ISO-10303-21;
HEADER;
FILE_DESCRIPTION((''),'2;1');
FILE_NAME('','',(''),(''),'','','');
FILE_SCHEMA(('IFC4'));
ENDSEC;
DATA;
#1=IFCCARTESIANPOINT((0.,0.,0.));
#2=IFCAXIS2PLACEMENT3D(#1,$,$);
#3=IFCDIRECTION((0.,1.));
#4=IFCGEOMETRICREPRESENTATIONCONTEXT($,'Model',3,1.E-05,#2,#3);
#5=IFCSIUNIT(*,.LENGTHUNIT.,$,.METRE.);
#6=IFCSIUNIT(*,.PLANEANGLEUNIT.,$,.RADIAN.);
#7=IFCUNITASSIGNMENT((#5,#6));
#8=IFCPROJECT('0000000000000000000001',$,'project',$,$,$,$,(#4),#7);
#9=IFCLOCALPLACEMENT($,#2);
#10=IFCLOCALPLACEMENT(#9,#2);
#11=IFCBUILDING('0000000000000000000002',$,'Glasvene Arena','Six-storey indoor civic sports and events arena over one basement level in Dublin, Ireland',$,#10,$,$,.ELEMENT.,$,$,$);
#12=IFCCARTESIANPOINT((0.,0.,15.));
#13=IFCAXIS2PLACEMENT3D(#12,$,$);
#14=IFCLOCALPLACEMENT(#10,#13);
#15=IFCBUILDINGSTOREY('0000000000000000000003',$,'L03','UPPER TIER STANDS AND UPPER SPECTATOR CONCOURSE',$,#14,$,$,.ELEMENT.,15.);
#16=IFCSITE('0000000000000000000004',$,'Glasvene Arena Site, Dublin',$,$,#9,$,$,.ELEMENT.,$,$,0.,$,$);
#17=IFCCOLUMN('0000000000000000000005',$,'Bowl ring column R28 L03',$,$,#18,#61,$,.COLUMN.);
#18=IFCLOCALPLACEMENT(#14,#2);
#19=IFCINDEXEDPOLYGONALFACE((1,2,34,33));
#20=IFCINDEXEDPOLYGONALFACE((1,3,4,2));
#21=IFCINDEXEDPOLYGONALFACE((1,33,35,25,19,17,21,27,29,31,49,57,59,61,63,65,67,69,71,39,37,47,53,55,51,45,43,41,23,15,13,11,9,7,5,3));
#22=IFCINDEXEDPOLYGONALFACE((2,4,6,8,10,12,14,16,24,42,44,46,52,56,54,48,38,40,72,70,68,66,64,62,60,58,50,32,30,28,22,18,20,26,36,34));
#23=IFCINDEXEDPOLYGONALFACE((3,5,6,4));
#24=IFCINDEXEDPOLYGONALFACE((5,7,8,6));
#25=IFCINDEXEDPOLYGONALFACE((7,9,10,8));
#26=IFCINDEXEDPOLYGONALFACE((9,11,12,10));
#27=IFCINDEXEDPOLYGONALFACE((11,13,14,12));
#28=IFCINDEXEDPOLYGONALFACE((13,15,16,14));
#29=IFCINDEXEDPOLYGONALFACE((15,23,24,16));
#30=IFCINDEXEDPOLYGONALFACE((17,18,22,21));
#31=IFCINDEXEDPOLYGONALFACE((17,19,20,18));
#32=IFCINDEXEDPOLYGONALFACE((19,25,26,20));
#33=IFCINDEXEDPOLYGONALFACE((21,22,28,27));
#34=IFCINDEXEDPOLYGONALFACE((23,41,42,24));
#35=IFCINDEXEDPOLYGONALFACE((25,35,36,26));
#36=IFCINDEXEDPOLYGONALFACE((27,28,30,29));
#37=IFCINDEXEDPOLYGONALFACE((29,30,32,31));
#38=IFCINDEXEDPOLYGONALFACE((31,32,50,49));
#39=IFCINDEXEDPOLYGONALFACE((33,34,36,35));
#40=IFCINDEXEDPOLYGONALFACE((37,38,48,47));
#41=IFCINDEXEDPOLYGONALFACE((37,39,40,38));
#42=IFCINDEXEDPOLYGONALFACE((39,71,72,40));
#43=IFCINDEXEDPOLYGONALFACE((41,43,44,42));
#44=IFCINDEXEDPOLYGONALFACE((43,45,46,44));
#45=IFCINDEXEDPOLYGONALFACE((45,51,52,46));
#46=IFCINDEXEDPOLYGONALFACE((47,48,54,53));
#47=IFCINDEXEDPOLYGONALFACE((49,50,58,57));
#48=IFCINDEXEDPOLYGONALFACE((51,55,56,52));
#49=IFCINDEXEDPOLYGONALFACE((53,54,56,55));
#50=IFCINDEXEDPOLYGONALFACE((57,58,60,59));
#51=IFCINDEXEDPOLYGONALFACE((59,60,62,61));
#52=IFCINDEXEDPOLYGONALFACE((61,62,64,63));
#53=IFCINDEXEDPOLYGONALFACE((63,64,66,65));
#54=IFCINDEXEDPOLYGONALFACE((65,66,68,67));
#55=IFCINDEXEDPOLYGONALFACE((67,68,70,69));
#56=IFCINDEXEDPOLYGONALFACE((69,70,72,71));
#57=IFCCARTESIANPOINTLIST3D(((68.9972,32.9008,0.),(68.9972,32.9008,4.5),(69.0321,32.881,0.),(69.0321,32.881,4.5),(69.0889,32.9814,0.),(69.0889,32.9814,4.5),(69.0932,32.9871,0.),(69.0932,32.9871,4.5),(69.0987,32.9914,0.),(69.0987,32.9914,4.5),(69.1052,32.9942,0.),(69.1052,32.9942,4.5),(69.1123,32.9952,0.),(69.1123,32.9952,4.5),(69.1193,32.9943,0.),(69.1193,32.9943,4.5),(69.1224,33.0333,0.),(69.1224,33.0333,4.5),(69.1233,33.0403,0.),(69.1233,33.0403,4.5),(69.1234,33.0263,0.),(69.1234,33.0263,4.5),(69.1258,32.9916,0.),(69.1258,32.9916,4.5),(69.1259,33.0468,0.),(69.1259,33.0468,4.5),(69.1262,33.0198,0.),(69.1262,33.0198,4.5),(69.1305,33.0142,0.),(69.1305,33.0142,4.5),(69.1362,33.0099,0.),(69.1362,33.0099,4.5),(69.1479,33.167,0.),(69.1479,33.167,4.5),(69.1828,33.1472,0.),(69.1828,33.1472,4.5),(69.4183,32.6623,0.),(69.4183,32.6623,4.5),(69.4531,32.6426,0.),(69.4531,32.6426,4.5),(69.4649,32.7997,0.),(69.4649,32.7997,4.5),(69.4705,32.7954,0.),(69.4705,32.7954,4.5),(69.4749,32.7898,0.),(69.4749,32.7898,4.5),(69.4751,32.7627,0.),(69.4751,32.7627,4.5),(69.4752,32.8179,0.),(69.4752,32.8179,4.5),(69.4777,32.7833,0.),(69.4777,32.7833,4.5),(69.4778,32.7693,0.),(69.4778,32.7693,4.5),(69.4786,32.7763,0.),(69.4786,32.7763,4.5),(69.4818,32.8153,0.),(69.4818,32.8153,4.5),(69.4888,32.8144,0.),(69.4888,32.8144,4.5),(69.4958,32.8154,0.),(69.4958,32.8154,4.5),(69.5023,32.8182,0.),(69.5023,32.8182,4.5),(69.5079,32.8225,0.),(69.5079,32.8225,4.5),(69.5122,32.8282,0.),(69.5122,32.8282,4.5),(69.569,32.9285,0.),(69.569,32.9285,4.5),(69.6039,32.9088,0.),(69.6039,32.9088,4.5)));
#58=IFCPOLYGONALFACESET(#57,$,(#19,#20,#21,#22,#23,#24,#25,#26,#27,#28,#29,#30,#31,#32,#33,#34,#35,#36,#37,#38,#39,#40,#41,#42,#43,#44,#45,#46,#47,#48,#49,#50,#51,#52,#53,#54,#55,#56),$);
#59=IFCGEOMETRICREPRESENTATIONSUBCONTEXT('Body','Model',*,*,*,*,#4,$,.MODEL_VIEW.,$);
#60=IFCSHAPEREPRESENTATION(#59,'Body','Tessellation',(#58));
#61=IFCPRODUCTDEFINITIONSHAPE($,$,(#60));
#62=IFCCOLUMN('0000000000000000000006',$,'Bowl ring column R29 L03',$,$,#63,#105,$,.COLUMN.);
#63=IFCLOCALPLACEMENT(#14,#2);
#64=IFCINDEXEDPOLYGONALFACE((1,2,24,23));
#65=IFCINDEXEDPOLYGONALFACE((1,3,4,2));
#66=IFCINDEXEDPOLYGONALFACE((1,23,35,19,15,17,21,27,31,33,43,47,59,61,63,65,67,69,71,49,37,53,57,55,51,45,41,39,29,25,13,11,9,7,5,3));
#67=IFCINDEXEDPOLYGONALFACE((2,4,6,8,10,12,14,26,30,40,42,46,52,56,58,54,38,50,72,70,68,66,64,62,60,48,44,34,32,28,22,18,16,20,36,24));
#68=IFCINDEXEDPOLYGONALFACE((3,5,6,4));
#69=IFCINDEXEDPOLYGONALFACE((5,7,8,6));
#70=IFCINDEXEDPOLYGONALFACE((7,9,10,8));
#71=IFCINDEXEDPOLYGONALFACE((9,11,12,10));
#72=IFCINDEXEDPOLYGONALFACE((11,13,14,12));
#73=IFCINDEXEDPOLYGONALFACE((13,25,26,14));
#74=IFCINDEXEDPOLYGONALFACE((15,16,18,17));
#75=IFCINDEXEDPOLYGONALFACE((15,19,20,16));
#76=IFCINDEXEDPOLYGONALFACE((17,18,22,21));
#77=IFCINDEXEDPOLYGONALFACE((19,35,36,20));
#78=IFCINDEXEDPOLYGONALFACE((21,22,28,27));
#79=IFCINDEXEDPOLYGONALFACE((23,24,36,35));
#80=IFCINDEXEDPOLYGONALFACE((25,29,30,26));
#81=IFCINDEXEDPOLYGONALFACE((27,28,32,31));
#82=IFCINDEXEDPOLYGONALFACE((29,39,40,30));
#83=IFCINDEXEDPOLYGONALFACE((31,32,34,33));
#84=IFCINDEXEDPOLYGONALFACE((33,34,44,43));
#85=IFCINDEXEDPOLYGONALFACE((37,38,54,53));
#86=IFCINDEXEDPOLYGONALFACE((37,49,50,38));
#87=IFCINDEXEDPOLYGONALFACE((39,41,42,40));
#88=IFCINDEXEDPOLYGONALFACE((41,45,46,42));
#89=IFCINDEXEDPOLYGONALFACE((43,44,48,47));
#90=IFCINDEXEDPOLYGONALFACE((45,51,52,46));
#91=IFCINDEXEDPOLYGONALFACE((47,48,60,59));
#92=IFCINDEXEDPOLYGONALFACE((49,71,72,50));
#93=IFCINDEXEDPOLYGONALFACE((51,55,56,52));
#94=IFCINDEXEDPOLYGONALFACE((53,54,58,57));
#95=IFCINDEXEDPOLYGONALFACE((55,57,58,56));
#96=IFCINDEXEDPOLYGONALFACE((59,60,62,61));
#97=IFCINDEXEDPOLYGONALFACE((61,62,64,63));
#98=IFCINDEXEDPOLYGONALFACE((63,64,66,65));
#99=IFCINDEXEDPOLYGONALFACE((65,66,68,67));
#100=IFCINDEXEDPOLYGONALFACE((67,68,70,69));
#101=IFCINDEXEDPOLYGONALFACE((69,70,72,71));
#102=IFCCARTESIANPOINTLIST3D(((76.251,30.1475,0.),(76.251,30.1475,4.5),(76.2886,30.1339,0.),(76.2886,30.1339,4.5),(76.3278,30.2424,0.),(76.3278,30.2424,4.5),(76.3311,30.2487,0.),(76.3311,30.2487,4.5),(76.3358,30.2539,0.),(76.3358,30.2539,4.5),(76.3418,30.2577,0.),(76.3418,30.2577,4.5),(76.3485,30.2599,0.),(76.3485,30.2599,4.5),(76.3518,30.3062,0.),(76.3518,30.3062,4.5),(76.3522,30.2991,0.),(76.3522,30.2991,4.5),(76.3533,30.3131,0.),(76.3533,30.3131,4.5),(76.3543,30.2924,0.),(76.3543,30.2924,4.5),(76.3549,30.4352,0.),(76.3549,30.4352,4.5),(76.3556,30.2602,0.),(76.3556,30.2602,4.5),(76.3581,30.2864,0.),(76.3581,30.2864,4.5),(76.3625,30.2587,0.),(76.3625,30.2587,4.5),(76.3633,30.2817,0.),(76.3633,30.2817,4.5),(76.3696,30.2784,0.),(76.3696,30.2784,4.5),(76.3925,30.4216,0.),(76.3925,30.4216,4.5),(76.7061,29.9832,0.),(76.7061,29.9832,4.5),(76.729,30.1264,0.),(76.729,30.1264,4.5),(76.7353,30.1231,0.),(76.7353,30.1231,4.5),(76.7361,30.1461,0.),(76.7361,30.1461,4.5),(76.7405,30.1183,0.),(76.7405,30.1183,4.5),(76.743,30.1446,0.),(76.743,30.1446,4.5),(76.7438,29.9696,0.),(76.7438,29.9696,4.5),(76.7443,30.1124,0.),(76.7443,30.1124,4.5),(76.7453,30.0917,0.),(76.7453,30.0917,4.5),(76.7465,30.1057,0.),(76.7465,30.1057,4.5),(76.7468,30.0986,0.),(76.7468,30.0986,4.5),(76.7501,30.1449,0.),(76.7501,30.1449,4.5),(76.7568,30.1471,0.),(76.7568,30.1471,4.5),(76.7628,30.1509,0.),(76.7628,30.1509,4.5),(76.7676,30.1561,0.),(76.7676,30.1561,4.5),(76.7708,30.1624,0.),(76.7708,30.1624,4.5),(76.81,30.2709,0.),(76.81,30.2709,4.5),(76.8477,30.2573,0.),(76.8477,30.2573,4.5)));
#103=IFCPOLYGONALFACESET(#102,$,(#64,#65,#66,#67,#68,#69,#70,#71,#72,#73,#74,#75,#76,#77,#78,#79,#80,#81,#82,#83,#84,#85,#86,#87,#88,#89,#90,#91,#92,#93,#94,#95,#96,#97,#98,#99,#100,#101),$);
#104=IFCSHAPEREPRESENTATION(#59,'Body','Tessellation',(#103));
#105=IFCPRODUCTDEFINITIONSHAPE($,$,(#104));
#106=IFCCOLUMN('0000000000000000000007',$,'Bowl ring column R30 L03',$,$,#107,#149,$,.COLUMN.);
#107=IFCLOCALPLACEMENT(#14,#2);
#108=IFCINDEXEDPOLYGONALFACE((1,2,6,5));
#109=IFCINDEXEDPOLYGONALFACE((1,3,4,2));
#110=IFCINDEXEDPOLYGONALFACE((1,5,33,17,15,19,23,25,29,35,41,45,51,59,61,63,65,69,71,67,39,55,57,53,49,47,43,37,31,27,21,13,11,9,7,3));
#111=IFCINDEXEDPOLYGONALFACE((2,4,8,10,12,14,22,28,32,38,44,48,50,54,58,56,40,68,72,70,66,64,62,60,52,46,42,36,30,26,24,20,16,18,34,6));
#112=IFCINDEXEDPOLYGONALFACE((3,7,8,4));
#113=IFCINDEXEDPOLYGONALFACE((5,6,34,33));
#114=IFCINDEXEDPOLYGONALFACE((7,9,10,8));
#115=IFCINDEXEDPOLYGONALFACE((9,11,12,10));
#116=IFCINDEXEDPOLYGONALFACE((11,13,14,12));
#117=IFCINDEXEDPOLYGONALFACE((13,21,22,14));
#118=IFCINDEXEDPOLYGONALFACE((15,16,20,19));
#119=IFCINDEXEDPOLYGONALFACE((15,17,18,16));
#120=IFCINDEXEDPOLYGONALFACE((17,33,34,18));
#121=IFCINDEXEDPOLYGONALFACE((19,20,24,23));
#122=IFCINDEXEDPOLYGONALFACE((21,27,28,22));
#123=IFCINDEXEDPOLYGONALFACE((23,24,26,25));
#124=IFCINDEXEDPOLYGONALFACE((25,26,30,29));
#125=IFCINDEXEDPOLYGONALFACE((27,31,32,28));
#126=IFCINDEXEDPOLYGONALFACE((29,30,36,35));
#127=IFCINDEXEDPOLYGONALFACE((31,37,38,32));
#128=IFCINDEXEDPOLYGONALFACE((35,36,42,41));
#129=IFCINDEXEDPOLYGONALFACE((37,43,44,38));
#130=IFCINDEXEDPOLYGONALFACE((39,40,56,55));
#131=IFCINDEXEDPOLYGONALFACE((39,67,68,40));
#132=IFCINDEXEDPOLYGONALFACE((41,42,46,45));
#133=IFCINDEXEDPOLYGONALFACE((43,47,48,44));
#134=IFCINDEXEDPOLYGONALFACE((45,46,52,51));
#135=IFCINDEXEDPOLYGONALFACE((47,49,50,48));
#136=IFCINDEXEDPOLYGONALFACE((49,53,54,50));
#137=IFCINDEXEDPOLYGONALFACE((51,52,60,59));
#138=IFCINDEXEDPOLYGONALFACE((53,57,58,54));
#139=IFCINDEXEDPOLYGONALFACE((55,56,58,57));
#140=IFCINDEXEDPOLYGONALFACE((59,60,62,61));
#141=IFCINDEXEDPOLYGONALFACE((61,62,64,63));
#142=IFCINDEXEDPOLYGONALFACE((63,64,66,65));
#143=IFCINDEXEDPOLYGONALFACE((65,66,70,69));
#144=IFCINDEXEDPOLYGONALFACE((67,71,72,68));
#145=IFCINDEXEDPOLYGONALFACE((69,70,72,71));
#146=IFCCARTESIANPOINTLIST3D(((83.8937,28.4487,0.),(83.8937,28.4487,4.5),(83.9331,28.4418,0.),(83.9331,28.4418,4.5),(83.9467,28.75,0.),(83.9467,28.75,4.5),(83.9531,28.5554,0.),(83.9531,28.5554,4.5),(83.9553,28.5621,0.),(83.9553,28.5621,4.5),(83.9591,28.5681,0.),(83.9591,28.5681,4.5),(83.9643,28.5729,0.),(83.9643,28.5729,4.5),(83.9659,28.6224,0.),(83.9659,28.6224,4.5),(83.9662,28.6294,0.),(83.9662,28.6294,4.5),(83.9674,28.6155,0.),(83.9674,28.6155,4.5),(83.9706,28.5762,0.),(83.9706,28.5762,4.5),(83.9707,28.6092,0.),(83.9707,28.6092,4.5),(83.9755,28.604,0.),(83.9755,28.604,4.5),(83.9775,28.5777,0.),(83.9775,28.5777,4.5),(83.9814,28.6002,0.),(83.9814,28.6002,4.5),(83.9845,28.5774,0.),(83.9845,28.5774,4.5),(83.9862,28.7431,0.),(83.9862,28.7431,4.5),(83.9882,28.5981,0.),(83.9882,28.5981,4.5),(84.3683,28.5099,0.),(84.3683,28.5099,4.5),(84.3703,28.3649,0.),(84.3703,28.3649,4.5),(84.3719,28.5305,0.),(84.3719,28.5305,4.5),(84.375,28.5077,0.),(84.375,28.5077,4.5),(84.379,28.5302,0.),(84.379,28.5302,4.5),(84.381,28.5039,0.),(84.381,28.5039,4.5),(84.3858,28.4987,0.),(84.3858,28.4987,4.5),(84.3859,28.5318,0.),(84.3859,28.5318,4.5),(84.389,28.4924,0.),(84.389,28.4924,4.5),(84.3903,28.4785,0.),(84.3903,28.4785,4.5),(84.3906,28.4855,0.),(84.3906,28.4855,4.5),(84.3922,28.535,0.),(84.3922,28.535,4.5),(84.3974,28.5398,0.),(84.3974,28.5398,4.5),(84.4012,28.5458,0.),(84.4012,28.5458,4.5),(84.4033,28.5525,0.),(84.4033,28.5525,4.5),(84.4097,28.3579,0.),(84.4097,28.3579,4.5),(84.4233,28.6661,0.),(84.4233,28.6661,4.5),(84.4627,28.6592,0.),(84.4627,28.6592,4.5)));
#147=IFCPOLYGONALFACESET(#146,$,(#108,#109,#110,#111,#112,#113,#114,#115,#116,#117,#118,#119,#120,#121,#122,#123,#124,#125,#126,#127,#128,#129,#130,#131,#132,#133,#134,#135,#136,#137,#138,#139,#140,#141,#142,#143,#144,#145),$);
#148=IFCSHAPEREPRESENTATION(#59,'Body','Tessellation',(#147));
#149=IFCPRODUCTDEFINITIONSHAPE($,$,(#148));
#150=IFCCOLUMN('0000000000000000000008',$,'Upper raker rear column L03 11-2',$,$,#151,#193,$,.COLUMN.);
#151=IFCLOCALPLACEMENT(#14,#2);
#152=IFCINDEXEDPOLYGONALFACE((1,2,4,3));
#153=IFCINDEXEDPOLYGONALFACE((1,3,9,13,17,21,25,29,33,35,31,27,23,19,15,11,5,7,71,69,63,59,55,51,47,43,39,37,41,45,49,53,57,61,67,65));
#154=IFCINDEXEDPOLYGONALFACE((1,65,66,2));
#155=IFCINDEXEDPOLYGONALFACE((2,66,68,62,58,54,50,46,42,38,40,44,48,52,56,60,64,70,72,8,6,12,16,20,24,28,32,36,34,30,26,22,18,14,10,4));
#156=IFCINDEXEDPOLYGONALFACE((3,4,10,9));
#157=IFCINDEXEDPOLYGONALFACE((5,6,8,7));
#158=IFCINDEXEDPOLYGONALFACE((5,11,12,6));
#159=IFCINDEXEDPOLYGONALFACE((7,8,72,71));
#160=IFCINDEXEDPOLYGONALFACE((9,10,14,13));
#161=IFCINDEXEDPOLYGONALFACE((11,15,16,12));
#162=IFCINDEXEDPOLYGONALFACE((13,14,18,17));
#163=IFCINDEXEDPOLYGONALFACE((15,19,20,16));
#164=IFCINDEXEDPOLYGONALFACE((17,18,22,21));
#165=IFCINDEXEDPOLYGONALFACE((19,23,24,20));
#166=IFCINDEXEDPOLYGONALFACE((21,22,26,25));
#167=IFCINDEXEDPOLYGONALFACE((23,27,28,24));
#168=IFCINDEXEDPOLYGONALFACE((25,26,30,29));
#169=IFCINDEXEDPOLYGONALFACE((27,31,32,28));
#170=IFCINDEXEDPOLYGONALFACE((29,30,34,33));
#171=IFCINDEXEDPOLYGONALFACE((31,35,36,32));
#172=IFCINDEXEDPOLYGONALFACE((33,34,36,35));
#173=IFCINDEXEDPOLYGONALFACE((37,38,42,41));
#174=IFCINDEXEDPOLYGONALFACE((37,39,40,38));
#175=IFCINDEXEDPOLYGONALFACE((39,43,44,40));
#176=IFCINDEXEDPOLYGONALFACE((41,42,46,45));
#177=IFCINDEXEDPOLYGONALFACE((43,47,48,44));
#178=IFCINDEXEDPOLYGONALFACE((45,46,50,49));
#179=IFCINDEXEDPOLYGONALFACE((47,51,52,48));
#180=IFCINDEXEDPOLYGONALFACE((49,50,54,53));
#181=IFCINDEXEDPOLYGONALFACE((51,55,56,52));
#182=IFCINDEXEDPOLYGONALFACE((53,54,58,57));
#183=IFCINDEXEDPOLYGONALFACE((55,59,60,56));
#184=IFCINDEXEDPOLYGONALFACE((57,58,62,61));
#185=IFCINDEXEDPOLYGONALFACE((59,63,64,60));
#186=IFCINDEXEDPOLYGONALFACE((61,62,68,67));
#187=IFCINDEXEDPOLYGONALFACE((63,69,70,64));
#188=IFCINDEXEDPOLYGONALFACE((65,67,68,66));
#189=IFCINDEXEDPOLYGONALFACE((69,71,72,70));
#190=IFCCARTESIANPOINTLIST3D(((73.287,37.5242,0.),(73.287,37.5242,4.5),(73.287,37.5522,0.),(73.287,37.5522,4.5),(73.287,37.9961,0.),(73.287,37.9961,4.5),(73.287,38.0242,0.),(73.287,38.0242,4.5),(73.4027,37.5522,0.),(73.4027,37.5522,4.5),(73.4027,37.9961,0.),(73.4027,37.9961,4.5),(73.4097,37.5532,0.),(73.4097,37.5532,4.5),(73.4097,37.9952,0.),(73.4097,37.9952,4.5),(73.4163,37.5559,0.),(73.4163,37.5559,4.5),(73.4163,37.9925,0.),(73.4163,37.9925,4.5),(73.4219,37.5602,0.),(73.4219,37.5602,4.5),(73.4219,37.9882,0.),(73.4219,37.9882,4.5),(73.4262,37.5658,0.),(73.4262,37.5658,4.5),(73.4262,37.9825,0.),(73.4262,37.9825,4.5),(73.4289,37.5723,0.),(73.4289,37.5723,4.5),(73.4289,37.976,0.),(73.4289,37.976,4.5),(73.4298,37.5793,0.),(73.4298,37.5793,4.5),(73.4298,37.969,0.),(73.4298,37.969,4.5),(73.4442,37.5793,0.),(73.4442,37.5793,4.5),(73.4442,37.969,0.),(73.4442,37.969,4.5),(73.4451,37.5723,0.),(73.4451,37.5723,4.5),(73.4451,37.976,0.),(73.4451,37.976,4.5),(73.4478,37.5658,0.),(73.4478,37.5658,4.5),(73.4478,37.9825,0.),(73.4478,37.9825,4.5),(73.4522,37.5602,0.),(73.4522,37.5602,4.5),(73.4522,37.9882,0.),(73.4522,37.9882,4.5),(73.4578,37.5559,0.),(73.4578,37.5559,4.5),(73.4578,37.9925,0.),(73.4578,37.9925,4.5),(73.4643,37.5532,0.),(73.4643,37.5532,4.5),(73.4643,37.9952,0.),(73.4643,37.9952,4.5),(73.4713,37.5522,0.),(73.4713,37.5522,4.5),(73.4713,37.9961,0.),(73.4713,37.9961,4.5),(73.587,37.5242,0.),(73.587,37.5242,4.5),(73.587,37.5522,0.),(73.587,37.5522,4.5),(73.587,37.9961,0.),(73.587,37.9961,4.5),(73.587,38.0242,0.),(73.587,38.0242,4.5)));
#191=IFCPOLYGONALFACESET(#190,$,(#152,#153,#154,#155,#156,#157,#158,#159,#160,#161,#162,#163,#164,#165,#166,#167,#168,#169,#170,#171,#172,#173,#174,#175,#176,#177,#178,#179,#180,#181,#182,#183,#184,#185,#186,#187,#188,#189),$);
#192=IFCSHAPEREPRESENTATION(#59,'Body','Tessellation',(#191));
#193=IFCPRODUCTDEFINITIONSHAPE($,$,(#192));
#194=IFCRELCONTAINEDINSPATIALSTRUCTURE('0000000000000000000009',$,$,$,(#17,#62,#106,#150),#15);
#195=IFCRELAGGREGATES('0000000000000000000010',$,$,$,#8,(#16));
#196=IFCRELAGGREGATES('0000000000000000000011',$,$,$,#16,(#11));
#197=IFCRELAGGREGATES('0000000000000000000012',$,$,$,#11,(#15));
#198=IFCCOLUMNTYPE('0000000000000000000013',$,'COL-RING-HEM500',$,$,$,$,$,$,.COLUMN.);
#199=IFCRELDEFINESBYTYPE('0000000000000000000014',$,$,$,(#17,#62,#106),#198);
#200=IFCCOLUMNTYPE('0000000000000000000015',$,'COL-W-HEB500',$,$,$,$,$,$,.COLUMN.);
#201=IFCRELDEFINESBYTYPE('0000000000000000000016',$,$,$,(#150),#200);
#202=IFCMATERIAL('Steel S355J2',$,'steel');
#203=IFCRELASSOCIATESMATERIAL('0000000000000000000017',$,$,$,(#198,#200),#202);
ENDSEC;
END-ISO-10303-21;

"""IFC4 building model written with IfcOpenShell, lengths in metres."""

from ifc_helpers import new_model, si_unit, direction, frame, origin, origin_2d, place, context, subcontext, project, spatial, i_section, extrude, material, material_profile, profile_set, type_object, element, save


model = new_model("IFC4")

# Units and contexts
model_context = context("Model", 3, precision=1e-05, world=origin(), true_north=direction((0.0, 1.0)))
body_context = subcontext(model_context, "Body", "Model", "MODEL_VIEW")
ifc_project = project(units=[si_unit("LENGTHUNIT", "METRE"), si_unit("PLANEANGLEUNIT", "RADIAN")], contexts=[model_context])

# Site, building, storey
site_placement = place(None, origin())
site = spatial("IfcSite", under=ifc_project, at=site_placement, Name="Glasvene Arena Site, Dublin", CompositionType="ELEMENT", RefElevation=0.0)
building_placement = place(site_placement, origin())
building = spatial("IfcBuilding", under=site, at=building_placement, Name="Glasvene Arena", Description="Six-storey indoor civic sports and events arena over one basement level in Dublin, Ireland", CompositionType="ELEMENT")
storey_placement = place(building_placement, frame((0.0, 0.0, 15.0)))
storey = spatial("IfcBuildingStorey", under=building, at=storey_placement, Name="L03", Description="UPPER TIER STANDS AND UPPER SPECTATOR CONCOURSE", CompositionType="ELEMENT", Elevation=15.0)

# Columns
ifc_material_1 = material(Name="Steel S355J2", Category="steel")
ifc_material_profile_1 = material_profile(ifc_material_1, i_section(OverallWidth=0.3059, OverallDepth=0.5239, WebThickness=0.021, FlangeThickness=0.04, FilletRadius=0.0271, at=origin_2d()), Name="HEM 500")
ifc_profile_set_1 = profile_set([ifc_material_profile_1], Name="Steel S355J2")
column_type_1 = type_object("IfcColumnType", Name="COL-RING-HEM500", PredefinedType="COLUMN", material=ifc_profile_set_1)
for number, where, z_axis, x_axis, name in (
    (1, (69.3005, 32.9048, 0.0), (0.0, 0.0, 1.0), (-0.492727, -0.870184, 0.0), "Bowl ring column R28 L03"),
    (2, (76.5493, 30.2024, 0.0), (0.0, 0.0, 1.0), (-0.339559, -0.940585, 0.0), "Bowl ring column R29 L03"),
    (3, (84.1782, 28.554, 0.0), (0.0, 0.0, 1.0), (-0.173304, -0.984868, 0.0), "Bowl ring column R30 L03"),
):
    element("IfcColumn", number, at=place(storey_placement, frame(where, z_axis=z_axis, x_axis=x_axis)), inside=storey, type_object=column_type_1, Name=name, PredefinedType="COLUMN", context=body_context, shape_type="SweptSolid", body=[
        extrude(i_section(OverallWidth=0.3059, OverallDepth=0.5239, WebThickness=0.021, FlangeThickness=0.04, FilletRadius=0.0271, at=origin_2d()), origin(), (0.0, 0.0, 1.0), 4.5),
    ])
ifc_material_profile_2 = material_profile(ifc_material_1, i_section(OverallWidth=0.3, OverallDepth=0.5, WebThickness=0.0144, FlangeThickness=0.0281, FilletRadius=0.0271, at=origin_2d()), Name="HEB 500")
ifc_profile_set_2 = profile_set([ifc_material_profile_2], Name="Steel S355J2")
column_type_2 = type_object("IfcColumnType", Name="COL-W-HEB500", PredefinedType="COLUMN", material=ifc_profile_set_2)
for number, where, z_axis, x_axis, name in (
    (4, (73.437, 37.7742, 0.0), (0.0, 0.0, 1.0), (1.0, 0.0, 0.0), "Upper raker rear column L03 11-2"),
):
    element("IfcColumn", number, at=place(storey_placement, frame(where, z_axis=z_axis, x_axis=x_axis)), inside=storey, type_object=column_type_2, Name=name, PredefinedType="COLUMN", context=body_context, shape_type="SweptSolid", body=[
        extrude(i_section(OverallWidth=0.3, OverallDepth=0.5, WebThickness=0.0144, FlangeThickness=0.0281, FilletRadius=0.0271, at=origin_2d()), origin(), (0.0, 0.0, 1.0), 4.5),
    ])

save(model, "model.ifc")
